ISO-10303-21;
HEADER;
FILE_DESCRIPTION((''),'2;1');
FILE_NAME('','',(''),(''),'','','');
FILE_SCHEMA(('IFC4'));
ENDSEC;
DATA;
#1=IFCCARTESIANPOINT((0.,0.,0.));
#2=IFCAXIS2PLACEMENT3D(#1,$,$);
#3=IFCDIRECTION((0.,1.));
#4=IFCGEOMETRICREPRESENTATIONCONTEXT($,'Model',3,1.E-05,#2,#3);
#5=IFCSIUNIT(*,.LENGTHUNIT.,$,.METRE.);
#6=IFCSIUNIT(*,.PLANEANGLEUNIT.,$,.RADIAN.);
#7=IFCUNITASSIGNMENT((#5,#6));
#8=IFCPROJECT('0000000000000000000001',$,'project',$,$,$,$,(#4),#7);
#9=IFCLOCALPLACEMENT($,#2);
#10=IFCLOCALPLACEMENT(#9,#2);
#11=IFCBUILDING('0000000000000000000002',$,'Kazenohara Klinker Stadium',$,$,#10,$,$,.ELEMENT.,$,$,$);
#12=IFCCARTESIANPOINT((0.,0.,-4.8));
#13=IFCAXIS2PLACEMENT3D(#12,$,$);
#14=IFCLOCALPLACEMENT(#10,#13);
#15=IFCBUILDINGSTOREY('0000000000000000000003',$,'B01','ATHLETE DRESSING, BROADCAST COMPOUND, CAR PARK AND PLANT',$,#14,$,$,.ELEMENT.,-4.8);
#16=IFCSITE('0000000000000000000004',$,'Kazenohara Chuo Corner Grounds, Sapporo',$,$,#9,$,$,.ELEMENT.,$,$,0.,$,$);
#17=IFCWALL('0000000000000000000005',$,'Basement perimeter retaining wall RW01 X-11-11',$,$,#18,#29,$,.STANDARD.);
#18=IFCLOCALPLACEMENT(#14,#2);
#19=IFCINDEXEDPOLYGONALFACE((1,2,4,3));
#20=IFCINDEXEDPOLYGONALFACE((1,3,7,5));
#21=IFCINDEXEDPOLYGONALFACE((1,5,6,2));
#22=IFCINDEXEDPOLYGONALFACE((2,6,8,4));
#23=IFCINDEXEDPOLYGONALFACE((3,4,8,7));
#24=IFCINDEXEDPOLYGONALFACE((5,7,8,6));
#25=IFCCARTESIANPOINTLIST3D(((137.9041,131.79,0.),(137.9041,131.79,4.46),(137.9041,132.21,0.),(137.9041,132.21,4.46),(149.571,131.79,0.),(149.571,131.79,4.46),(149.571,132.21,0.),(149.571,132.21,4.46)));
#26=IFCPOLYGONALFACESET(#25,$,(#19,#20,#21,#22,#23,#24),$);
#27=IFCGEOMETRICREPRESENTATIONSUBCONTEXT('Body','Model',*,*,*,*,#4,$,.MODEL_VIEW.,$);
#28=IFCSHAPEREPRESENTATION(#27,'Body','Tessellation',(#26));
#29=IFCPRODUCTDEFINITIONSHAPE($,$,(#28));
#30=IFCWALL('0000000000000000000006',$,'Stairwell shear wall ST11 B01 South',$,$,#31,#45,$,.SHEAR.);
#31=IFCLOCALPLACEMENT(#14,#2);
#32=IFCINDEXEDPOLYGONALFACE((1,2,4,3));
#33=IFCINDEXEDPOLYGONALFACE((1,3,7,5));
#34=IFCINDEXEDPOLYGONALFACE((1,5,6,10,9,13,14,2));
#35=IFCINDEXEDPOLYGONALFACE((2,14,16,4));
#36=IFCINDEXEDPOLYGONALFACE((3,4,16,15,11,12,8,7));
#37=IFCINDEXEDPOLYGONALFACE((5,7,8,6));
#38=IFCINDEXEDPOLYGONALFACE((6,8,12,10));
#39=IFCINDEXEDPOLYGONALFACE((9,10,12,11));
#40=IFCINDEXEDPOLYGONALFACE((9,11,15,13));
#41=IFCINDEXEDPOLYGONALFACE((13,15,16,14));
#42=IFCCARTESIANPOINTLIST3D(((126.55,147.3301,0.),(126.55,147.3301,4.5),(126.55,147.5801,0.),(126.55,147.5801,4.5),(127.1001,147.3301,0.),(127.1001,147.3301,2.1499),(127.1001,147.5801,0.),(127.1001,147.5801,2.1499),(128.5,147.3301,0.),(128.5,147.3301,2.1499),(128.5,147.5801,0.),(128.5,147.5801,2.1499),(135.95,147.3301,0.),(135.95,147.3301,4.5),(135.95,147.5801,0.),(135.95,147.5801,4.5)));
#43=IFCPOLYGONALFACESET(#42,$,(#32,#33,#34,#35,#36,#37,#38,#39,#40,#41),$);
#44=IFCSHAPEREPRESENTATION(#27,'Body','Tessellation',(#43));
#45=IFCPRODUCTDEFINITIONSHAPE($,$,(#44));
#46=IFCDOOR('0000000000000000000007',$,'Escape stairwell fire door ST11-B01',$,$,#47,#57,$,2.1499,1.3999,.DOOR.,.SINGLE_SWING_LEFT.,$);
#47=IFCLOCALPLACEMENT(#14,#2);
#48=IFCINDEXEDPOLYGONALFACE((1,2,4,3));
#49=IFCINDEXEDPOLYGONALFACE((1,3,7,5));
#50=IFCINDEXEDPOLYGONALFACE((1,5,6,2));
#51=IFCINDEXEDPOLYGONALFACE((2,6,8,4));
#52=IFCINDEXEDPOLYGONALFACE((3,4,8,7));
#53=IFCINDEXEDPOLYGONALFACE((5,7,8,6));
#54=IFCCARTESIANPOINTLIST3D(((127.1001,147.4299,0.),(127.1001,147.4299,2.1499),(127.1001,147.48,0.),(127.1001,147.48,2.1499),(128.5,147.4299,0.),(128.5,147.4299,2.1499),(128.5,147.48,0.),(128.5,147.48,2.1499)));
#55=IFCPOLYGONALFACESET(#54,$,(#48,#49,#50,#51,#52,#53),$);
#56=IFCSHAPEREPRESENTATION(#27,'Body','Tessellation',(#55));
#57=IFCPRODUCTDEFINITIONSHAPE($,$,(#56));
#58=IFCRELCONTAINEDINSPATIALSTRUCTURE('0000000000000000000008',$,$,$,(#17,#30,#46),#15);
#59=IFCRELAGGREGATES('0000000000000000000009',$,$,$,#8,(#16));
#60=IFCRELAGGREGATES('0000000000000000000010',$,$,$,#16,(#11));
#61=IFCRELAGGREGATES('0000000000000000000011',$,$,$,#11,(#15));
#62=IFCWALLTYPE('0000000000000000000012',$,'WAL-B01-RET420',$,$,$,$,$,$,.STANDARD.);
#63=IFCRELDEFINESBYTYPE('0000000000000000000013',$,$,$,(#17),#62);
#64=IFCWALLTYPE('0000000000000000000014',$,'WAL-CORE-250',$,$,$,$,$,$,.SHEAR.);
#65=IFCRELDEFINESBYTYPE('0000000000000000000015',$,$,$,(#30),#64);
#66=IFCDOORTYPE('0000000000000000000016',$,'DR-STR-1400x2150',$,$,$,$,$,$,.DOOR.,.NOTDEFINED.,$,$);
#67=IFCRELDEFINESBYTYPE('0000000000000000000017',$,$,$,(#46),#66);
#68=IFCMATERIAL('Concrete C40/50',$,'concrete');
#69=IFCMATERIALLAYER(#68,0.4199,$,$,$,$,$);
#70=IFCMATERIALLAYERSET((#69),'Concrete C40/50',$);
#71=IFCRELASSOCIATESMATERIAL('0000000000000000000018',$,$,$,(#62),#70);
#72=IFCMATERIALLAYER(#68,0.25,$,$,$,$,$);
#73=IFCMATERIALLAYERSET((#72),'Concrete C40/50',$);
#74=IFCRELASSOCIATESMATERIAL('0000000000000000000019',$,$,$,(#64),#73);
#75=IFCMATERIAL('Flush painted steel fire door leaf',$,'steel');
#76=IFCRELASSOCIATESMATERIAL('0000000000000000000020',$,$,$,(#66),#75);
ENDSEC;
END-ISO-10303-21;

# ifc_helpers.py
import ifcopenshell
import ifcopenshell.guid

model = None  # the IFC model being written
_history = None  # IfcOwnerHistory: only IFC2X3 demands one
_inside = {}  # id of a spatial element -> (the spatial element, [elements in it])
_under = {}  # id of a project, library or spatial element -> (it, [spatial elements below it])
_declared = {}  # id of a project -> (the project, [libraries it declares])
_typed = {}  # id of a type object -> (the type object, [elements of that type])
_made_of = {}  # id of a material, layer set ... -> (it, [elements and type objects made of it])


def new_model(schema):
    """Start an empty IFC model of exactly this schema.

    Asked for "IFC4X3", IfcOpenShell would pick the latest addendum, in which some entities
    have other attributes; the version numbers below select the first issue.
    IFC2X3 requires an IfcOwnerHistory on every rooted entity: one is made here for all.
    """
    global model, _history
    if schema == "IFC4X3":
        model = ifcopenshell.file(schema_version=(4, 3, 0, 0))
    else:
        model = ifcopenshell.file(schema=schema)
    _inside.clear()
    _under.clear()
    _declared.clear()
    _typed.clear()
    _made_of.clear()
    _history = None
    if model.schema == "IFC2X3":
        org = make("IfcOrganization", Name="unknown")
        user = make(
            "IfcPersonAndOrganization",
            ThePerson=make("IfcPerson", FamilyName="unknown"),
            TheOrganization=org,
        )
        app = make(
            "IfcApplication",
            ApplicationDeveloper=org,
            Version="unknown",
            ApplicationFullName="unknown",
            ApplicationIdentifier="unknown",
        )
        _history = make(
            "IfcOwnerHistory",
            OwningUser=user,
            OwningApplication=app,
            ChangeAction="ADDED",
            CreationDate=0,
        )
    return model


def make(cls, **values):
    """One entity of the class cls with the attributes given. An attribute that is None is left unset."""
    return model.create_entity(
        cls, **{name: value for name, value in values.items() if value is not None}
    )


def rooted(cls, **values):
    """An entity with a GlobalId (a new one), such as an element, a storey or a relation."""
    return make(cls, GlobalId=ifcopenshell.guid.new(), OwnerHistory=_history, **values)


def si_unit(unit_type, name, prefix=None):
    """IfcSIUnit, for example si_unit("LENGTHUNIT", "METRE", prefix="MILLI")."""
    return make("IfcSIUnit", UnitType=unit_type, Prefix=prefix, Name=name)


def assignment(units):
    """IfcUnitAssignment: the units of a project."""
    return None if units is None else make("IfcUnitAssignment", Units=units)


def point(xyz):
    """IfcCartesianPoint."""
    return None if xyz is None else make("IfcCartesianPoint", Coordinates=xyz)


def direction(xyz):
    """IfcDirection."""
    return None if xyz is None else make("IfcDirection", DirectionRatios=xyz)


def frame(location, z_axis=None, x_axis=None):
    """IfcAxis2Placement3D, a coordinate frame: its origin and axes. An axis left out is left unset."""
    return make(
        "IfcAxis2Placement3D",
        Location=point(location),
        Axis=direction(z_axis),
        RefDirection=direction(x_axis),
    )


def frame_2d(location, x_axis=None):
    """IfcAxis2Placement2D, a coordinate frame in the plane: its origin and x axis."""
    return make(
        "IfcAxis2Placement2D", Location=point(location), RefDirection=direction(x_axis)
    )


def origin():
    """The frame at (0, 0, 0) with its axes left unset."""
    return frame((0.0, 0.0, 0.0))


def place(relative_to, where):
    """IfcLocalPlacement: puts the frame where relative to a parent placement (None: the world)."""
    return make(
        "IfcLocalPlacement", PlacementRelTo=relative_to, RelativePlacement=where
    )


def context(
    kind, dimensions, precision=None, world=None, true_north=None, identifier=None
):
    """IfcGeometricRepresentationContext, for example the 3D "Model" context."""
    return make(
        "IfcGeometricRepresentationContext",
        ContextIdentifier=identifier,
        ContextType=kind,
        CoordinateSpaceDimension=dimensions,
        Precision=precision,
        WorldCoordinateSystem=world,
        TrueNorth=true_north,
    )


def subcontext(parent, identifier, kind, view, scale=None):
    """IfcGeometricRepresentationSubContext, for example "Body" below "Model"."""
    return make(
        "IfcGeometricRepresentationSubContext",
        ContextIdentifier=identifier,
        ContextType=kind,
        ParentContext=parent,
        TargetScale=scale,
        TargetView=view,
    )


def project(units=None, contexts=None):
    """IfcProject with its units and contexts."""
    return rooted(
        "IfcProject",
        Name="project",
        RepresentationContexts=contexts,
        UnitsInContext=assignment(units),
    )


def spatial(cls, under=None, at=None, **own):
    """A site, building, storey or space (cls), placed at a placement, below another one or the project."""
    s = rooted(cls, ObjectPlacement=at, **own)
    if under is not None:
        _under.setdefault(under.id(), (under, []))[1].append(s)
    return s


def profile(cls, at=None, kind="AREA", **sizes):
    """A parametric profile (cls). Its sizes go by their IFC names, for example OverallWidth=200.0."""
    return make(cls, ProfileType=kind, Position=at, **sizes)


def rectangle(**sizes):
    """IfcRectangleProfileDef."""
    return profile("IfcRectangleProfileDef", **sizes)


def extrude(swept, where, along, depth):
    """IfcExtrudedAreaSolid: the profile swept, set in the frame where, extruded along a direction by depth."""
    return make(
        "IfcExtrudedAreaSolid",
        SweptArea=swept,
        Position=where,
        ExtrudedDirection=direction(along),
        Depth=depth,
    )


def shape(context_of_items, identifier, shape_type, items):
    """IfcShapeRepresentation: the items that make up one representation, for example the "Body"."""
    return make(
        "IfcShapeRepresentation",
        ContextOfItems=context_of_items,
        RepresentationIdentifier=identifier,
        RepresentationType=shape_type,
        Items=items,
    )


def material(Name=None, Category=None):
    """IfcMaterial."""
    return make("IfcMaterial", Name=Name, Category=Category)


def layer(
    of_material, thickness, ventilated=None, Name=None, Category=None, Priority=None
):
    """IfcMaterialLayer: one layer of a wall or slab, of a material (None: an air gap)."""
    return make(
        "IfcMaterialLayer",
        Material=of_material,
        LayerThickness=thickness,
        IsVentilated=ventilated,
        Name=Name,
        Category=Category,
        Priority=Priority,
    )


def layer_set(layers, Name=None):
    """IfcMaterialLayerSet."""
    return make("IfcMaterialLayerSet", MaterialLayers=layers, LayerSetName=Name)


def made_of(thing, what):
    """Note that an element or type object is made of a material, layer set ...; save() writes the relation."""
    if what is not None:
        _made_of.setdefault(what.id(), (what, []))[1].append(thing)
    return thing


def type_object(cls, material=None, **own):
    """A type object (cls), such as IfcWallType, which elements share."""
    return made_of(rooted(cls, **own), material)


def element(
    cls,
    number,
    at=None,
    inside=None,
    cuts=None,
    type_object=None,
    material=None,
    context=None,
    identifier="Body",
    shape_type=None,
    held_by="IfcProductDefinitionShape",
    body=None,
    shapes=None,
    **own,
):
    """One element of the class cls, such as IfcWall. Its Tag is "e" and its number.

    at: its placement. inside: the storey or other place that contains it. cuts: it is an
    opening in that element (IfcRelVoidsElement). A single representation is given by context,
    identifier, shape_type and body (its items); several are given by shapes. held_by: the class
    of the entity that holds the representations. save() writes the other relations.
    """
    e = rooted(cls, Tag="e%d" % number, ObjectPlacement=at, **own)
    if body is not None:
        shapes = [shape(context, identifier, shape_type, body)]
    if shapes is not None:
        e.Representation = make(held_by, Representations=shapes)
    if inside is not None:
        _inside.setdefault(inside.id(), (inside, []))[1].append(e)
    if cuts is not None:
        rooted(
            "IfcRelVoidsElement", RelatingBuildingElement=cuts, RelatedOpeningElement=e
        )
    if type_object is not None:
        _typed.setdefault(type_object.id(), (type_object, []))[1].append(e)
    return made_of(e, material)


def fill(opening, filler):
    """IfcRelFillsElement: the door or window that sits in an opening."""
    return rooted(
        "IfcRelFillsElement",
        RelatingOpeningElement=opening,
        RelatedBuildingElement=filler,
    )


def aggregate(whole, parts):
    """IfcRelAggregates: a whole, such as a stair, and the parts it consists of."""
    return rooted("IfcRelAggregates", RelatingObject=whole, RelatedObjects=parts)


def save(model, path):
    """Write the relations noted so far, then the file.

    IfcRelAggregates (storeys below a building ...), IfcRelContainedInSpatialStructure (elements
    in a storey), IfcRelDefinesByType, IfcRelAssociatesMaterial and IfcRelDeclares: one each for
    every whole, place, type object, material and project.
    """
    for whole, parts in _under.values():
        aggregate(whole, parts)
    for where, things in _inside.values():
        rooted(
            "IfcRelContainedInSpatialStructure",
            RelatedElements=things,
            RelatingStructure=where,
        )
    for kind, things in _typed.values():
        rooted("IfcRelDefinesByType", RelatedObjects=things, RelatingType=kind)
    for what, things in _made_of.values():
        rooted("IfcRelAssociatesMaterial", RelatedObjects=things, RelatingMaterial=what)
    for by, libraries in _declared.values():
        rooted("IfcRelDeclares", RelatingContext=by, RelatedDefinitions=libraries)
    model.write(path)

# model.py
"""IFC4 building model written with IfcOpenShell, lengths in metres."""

from ifc_helpers import new_model, si_unit, direction, frame, frame_2d, origin, place, context, subcontext, project, spatial, rectangle, extrude, material, layer, layer_set, type_object, element, fill, save


model = new_model("IFC4")

# Units and contexts
model_context = context("Model", 3, precision=1e-05, world=origin(), true_north=direction((0.0, 1.0)))
body_context = subcontext(model_context, "Body", "Model", "MODEL_VIEW")
ifc_project = project(units=[si_unit("LENGTHUNIT", "METRE"), si_unit("PLANEANGLEUNIT", "RADIAN")], contexts=[model_context])

# Site, building, storey
site_placement = place(None, origin())
site = spatial("IfcSite", under=ifc_project, at=site_placement, Name="Kazenohara Chuo Corner Grounds, Sapporo", CompositionType="ELEMENT", RefElevation=0.0)
building_placement = place(site_placement, origin())
building = spatial("IfcBuilding", under=site, at=building_placement, Name="Kazenohara Klinker Stadium", CompositionType="ELEMENT")
storey_placement = place(building_placement, frame((0.0, 0.0, -4.8)))
storey = spatial("IfcBuildingStorey", under=building, at=storey_placement, Name="B01", Description="ATHLETE DRESSING, BROADCAST COMPOUND, CAR PARK AND PLANT", CompositionType="ELEMENT", Elevation=-4.8)

# Shared definitions
ifc_material_1 = material(Name="Concrete C40/50", Category="concrete")

# Wall
ifc_layer_1 = layer(ifc_material_1, 0.4199)
ifc_layer_set_1 = layer_set([ifc_layer_1], Name="Concrete C40/50")
wall_type_1 = type_object("IfcWallType", Name="WAL-B01-RET420", PredefinedType="STANDARD", material=ifc_layer_set_1)
wall_1_placement = place(storey_placement, frame((137.9041, 132.0, 0.0), z_axis=(0.0, 0.0, 1.0), x_axis=(1.0, 0.0, 0.0)))
element("IfcWall", 1, at=wall_1_placement, inside=storey, type_object=wall_type_1, Name="Basement perimeter retaining wall RW01 X-11-11", PredefinedType="STANDARD", context=body_context, shape_type="SweptSolid", body=[
    extrude(rectangle(XDim=11.667, YDim=0.4199, at=frame_2d((5.8335, 0.0))), origin(), (0.0, 0.0, 1.0), 4.46),
])

# Wall, opening, door
ifc_layer_2 = layer(ifc_material_1, 0.25)
ifc_layer_set_2 = layer_set([ifc_layer_2], Name="Concrete C40/50")
wall_type_2 = type_object("IfcWallType", Name="WAL-CORE-250", PredefinedType="SHEAR", material=ifc_layer_set_2)
wall_2_placement = place(storey_placement, frame((126.55, 147.4551, 0.0), z_axis=(0.0, 0.0, 1.0), x_axis=(1.0, 0.0, 0.0)))
wall_2 = element("IfcWall", 2, at=wall_2_placement, inside=storey, type_object=wall_type_2, Name="Stairwell shear wall ST11 B01 South", PredefinedType="SHEAR", context=body_context, shape_type="SweptSolid", body=[
    extrude(rectangle(XDim=9.3999, YDim=0.25, at=frame_2d((4.7, 0.0))), origin(), (0.0, 0.0, 1.0), 4.5),
])
opening_placement = place(wall_2_placement, frame((0.55, 0.0, 0.0)))
opening = element("IfcOpeningElement", 3, at=opening_placement, cuts=wall_2, PredefinedType="OPENING", context=body_context, shape_type="SweptSolid", body=[
    extrude(rectangle(XDim=1.3999, YDim=2.1499, at=frame_2d((0.7, 1.075))), frame((0.0, 0.135, 0.0), z_axis=(0.0, -1.0, 0.0), x_axis=(1.0, 0.0, 0.0)), (0.0, 0.0, 1.0), 0.27),
])
ifc_material_2 = material(Name="Flush painted steel fire door leaf", Category="steel")
door_type = type_object("IfcDoorType", Name="DR-STR-1400x2150", OperationType="NOTDEFINED", PredefinedType="DOOR", material=ifc_material_2)
door_placement = place(opening_placement, origin())
door = element("IfcDoor", 4, at=door_placement, inside=storey, type_object=door_type, Name="Escape stairwell fire door ST11-B01", OperationType="SINGLE_SWING_LEFT", OverallHeight=2.1499, OverallWidth=1.3999, PredefinedType="DOOR", context=body_context, shape_type="SweptSolid", body=[
    extrude(rectangle(XDim=1.3999, YDim=2.1499, at=frame_2d((0.7, 1.075))), frame((0.0, 0.0249, 0.0), z_axis=(0.0, -1.0, 0.0), x_axis=(1.0, 0.0, 0.0)), (0.0, 0.0, 1.0), 0.05),
])
fill(opening, door)

save(model, "model.ifc")
